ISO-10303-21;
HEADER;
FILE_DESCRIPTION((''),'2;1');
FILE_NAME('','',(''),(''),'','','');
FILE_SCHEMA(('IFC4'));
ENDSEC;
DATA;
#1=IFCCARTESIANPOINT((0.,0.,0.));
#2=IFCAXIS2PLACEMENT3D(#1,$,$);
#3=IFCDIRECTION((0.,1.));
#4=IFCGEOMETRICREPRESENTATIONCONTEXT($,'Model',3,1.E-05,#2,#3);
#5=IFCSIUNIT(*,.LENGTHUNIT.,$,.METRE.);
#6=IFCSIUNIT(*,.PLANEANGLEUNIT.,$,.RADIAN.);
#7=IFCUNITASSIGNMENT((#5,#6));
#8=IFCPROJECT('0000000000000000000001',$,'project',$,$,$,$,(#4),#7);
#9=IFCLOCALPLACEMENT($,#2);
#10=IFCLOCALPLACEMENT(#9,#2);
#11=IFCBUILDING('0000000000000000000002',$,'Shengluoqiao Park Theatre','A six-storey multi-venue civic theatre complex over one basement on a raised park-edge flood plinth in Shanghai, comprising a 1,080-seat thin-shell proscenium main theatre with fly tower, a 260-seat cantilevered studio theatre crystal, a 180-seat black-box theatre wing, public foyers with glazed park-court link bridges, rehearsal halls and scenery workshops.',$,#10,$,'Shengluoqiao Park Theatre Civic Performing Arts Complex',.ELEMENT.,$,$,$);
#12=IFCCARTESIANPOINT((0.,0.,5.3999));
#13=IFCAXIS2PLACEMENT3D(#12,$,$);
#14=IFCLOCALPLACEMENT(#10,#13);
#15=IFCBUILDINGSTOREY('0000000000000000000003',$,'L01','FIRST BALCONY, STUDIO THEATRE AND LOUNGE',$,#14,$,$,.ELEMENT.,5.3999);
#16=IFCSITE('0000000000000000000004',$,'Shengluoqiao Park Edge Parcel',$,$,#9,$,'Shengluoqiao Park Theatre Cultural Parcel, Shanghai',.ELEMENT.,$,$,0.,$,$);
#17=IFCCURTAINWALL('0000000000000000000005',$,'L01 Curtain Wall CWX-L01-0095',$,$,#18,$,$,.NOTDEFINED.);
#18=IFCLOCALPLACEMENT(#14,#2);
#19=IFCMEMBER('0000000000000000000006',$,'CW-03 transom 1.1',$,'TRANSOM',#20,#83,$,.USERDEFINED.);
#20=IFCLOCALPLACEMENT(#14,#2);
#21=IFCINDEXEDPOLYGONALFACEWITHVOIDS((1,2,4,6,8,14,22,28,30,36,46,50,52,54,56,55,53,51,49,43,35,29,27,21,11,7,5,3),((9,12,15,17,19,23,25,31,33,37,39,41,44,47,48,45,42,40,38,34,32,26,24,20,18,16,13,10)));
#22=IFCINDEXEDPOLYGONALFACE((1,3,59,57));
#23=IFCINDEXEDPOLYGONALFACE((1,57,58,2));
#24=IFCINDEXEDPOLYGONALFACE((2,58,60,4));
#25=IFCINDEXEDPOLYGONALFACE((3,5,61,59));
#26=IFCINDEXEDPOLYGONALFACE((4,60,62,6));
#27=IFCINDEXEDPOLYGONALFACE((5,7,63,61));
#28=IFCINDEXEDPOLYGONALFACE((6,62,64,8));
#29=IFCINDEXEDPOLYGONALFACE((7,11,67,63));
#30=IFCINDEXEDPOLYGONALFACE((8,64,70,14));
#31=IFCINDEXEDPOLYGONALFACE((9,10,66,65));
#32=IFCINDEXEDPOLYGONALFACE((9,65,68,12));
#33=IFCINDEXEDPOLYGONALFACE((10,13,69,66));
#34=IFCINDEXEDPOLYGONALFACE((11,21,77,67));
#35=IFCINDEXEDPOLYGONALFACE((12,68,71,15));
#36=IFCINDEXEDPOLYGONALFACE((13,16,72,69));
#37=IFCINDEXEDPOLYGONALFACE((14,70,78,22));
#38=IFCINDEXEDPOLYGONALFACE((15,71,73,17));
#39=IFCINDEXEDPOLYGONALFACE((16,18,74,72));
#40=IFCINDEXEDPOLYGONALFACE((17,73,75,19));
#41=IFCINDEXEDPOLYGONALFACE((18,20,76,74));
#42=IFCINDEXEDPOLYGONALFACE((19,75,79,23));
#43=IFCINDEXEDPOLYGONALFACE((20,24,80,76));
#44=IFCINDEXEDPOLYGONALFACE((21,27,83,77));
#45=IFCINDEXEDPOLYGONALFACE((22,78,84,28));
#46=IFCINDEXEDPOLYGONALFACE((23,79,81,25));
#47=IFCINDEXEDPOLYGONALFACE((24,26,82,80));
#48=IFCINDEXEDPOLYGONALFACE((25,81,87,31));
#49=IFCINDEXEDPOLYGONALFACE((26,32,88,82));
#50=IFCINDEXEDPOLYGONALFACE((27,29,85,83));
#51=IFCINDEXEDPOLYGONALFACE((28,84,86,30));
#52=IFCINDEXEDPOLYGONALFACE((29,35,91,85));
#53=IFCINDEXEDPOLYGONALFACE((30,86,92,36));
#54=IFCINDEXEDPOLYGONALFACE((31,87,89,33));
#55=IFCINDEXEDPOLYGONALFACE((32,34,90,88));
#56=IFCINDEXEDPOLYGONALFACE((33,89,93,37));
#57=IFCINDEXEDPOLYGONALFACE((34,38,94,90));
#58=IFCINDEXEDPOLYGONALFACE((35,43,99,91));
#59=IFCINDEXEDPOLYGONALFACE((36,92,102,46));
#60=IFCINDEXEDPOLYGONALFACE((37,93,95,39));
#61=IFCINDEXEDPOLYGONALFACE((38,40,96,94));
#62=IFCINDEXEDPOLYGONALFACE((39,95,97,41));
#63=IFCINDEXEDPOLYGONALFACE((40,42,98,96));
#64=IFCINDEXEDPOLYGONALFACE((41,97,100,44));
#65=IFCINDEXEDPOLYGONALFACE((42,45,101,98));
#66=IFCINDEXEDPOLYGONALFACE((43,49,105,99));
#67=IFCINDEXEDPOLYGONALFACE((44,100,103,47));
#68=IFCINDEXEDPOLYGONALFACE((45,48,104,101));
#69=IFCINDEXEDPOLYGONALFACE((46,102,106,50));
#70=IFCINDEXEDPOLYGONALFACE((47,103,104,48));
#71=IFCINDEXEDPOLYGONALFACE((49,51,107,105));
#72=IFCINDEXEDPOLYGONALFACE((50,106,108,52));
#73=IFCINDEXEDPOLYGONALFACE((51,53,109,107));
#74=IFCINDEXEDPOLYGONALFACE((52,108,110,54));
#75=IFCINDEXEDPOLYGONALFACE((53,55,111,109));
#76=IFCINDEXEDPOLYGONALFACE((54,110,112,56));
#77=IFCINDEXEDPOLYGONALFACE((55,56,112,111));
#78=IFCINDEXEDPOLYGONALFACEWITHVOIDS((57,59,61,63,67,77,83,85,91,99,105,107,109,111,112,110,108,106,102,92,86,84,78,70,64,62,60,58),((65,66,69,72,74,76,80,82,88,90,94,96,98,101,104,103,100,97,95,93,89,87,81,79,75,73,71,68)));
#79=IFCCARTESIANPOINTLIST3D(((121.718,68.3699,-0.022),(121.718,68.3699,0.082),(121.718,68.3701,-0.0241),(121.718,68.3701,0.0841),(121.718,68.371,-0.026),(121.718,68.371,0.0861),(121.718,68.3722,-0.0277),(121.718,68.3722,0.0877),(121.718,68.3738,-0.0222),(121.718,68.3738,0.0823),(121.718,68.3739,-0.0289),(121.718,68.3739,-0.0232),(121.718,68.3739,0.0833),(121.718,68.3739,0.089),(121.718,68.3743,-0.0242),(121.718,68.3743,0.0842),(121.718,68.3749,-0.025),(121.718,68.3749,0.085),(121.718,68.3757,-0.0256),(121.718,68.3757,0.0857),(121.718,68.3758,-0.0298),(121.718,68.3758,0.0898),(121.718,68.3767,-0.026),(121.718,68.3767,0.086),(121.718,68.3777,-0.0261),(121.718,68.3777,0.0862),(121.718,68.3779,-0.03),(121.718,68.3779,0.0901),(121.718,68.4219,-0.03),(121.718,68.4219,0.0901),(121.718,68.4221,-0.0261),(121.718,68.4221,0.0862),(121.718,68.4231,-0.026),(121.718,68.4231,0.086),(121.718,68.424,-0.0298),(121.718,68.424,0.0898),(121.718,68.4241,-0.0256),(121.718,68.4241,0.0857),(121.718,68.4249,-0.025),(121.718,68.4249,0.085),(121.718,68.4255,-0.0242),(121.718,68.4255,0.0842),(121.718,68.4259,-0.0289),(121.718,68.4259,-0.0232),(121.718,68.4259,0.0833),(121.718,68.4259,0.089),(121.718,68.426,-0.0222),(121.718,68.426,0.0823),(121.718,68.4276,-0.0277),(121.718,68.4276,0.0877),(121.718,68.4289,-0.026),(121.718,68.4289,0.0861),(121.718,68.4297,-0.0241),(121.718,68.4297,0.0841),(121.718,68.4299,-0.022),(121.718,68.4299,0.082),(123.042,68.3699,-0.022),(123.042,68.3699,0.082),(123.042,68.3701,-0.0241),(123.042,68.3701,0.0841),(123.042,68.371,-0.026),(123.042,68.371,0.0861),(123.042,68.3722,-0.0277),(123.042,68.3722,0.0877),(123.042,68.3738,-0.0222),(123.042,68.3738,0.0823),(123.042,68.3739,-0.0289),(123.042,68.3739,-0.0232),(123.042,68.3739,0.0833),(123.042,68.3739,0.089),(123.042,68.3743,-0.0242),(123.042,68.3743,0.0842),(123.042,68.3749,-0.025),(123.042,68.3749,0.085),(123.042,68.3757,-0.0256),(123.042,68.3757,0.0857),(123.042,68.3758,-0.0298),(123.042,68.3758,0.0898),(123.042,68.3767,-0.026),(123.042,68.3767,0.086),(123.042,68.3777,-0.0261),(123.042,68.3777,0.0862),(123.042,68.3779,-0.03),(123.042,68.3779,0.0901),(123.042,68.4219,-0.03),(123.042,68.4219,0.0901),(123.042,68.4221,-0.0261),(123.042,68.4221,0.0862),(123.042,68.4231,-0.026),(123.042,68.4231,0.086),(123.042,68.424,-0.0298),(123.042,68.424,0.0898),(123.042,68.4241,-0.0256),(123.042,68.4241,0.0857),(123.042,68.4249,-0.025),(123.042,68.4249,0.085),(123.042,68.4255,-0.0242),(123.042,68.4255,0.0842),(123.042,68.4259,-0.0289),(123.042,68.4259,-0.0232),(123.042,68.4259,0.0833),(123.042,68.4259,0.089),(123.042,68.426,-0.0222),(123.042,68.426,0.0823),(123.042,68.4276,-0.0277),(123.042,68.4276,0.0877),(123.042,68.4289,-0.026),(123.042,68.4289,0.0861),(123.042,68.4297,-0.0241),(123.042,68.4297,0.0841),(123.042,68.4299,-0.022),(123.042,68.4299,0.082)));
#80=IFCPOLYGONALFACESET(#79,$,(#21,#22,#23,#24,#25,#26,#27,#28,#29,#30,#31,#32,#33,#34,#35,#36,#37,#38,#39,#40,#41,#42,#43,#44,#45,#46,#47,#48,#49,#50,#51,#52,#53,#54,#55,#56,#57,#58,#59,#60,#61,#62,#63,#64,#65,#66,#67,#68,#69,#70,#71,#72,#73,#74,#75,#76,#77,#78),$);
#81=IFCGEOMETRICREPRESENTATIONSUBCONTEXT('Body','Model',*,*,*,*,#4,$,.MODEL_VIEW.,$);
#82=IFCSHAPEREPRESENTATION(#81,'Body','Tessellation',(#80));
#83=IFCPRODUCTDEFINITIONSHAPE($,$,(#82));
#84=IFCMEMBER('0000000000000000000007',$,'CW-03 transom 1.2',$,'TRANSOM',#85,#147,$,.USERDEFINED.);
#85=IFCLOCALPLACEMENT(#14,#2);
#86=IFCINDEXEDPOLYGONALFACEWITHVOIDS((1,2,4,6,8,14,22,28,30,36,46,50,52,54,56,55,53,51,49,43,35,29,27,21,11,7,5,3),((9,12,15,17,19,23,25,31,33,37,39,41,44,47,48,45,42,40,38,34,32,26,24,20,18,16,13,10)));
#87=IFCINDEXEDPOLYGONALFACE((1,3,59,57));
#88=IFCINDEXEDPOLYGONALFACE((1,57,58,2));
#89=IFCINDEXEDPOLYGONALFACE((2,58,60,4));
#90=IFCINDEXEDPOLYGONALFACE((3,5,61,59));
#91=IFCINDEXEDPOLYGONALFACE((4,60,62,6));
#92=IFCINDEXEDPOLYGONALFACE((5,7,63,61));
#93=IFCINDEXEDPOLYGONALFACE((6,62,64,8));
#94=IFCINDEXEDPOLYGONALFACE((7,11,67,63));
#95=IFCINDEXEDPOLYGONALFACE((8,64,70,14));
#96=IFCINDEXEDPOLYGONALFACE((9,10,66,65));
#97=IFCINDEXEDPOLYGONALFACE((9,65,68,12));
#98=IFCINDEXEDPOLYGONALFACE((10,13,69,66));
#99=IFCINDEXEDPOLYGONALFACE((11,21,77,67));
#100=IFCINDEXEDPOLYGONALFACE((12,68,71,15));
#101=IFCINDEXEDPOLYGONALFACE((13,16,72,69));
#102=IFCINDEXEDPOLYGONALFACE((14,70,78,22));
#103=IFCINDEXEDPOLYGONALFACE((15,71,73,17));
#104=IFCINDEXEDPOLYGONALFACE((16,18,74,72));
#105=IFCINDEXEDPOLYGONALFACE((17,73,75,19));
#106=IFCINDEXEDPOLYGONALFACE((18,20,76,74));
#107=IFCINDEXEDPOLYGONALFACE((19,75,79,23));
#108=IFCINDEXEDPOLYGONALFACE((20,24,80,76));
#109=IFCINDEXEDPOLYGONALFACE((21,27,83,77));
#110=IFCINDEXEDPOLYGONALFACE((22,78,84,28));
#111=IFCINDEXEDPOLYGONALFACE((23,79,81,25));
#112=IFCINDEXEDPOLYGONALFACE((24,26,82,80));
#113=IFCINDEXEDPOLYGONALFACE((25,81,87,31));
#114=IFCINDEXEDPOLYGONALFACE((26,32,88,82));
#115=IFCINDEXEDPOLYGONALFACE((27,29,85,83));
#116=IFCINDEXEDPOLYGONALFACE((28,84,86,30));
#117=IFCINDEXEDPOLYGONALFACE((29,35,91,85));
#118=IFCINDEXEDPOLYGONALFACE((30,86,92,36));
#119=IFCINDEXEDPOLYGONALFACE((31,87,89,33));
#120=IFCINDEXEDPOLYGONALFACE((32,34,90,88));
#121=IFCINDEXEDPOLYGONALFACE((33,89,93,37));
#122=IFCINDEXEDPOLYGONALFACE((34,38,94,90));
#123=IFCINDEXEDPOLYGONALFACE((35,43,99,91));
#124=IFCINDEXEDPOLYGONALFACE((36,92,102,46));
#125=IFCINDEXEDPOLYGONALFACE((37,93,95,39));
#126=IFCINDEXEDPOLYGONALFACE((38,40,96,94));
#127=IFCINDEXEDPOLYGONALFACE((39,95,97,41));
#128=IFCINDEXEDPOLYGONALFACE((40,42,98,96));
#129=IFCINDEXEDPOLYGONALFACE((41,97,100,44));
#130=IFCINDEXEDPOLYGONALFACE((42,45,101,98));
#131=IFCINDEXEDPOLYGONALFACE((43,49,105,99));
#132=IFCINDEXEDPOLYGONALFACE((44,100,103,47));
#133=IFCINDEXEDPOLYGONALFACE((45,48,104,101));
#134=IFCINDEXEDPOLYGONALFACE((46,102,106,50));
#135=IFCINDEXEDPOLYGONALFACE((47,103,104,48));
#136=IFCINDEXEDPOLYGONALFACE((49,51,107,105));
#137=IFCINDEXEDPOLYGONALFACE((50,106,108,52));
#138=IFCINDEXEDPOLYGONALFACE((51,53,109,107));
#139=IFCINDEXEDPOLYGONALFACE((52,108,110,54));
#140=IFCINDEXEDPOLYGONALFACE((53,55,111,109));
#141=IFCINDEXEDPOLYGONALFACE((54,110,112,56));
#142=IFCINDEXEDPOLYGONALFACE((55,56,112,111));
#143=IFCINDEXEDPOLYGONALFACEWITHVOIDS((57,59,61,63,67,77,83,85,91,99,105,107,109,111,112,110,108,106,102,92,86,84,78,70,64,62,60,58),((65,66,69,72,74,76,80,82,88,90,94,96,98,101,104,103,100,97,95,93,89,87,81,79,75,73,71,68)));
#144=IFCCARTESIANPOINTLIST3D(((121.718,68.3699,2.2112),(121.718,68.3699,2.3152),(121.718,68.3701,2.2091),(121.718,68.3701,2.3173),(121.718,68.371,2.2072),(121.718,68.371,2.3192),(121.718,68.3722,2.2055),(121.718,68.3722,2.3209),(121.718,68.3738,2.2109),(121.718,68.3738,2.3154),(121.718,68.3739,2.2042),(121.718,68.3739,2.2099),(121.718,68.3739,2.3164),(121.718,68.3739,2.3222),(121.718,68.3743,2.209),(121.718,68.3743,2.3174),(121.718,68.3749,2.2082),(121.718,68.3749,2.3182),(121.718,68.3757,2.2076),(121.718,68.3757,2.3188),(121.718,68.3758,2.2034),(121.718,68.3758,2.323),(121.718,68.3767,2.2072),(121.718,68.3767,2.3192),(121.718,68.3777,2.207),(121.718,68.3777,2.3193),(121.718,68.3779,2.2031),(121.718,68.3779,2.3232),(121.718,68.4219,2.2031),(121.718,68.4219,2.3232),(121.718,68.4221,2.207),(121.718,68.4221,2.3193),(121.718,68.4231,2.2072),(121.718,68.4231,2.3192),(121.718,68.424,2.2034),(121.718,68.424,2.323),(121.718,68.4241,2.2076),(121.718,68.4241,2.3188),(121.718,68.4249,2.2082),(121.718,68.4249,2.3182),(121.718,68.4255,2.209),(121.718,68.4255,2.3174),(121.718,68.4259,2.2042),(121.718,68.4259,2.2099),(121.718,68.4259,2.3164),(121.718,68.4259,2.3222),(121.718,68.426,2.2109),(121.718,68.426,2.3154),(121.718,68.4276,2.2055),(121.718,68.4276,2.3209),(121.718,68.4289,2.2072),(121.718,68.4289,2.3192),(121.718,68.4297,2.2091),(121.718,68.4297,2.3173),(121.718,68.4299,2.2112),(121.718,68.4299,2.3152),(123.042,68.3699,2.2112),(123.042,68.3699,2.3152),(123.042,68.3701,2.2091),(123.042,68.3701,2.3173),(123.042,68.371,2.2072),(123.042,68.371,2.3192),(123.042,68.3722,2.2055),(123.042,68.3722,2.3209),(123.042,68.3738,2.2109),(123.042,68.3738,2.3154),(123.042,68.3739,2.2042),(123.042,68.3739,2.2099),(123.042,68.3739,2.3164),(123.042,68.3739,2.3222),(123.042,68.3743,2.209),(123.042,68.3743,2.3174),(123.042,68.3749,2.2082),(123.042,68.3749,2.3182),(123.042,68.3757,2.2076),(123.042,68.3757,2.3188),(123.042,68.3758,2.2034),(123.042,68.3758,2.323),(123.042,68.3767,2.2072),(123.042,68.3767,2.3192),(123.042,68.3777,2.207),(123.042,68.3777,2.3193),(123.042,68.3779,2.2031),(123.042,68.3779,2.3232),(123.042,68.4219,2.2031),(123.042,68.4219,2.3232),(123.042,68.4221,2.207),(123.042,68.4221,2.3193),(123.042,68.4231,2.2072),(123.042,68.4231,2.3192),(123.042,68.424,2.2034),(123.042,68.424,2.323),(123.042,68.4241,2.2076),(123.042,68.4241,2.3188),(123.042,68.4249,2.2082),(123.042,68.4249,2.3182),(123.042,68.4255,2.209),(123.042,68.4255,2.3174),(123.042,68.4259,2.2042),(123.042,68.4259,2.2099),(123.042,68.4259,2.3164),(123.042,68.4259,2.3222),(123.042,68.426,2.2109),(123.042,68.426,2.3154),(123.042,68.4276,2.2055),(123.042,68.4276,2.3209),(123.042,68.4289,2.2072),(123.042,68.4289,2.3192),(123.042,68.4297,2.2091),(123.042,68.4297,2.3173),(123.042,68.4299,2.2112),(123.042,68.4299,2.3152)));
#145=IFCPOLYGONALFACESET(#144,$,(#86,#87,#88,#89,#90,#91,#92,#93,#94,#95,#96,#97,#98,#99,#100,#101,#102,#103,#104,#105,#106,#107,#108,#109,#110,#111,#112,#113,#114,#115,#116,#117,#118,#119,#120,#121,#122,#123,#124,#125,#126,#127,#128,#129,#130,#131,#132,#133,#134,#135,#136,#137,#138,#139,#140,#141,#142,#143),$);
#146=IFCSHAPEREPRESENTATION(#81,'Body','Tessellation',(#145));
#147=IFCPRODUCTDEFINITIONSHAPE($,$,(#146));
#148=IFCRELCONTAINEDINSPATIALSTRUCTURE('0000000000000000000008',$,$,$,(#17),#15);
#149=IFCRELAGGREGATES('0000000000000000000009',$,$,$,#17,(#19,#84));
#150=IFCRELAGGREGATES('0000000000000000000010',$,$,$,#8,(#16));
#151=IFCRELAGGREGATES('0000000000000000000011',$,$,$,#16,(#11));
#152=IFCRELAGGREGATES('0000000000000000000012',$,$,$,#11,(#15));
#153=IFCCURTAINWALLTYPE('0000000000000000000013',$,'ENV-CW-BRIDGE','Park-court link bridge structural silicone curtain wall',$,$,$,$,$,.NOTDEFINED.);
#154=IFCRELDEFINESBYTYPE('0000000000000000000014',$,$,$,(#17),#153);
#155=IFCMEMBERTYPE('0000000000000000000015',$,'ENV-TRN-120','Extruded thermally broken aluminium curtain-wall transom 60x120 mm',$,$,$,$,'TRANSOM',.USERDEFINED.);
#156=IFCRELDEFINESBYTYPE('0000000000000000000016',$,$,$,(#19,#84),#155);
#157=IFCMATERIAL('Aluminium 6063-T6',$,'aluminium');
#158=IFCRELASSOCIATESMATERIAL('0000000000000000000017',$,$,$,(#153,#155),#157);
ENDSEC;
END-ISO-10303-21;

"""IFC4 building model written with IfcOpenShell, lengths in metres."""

from ifc_helpers import new_model, si_unit, direction, frame, origin, origin_2d, place, context, subcontext, project, spatial, hollow_rectangle, extrude, material, material_profile, profile_set, type_object, element, aggregate, save


model = new_model("IFC4")

# Units and contexts
model_context = context("Model", 3, precision=1e-05, world=origin(), true_north=direction((0.0, 1.0)))
body_context = subcontext(model_context, "Body", "Model", "MODEL_VIEW")
ifc_project = project(units=[si_unit("LENGTHUNIT", "METRE"), si_unit("PLANEANGLEUNIT", "RADIAN")], contexts=[model_context])

# Site, building, storey
site_placement = place(None, origin())
site = spatial("IfcSite", under=ifc_project, at=site_placement, Name="Shengluoqiao Park Edge Parcel", LongName="Shengluoqiao Park Theatre Cultural Parcel, Shanghai", CompositionType="ELEMENT", RefElevation=0.0)
building_placement = place(site_placement, origin())
building = spatial("IfcBuilding", under=site, at=building_placement, Name="Shengluoqiao Park Theatre", Description="A six-storey multi-venue civic theatre complex over one basement on a raised park-edge flood plinth in Shanghai, comprising a 1,080-seat thin-shell proscenium main theatre with fly tower, a 260-seat cantilevered studio theatre crystal, a 180-seat black-box theatre wing, public foyers with glazed park-court link bridges, rehearsal halls and scenery workshops.", LongName="Shengluoqiao Park Theatre Civic Performing Arts Complex", CompositionType="ELEMENT")
storey_placement = place(building_placement, frame((0.0, 0.0, 5.3999)))
storey = spatial("IfcBuildingStorey", under=building, at=storey_placement, Name="L01", Description="FIRST BALCONY, STUDIO THEATRE AND LOUNGE", CompositionType="ELEMENT", Elevation=5.3999)

# Shared definitions
ifc_material_1 = material(Name="Aluminium 6063-T6", Category="aluminium")
curtain_wall_type = type_object("IfcCurtainWallType", Name="ENV-CW-BRIDGE", Description="Park-court link bridge structural silicone curtain wall", PredefinedType="NOTDEFINED", material=ifc_material_1)

# Curtain wall, members
curtain_wall_1_placement = place(storey_placement, origin())
curtain_wall_1 = element("IfcCurtainWall", 1, at=curtain_wall_1_placement, inside=storey, type_object=curtain_wall_type, Name="L01 Curtain Wall CWX-L01-0095", PredefinedType="NOTDEFINED")
ifc_material_profile_1 = material_profile(ifc_material_1, hollow_rectangle(XDim=0.0601, YDim=0.1201, WallThickness=0.0039, InnerFilletRadius=0.0039, OuterFilletRadius=0.0081, at=origin_2d()), Name="ALU TRANSOM 120x60x4")
ifc_profile_set_1 = profile_set([ifc_material_profile_1], Name="Aluminium 6063-T6")
member_type_1 = type_object("IfcMemberType", Name="ENV-TRN-120", Description="Extruded thermally broken aluminium curtain-wall transom 60x120 mm", ElementType="TRANSOM", PredefinedType="USERDEFINED", material=ifc_profile_set_1)
member_1_placement = place(storey_placement, frame((121.718, 68.3999, 0.03), z_axis=(1.0, 0.0, 0.0), x_axis=(0.0, 1.0, 0.0)))
member_1 = element("IfcMember", 2, at=member_1_placement, type_object=member_type_1, Name="CW-03 transom 1.1", ObjectType="TRANSOM", PredefinedType="USERDEFINED", context=body_context, shape_type="SweptSolid", body=[
    extrude(hollow_rectangle(XDim=0.0601, YDim=0.1201, WallThickness=0.0039, InnerFilletRadius=0.0039, OuterFilletRadius=0.0081, at=origin_2d()), origin(), (0.0, 0.0, 1.0), 1.324),
])
member_2_placement = place(storey_placement, frame((121.718, 68.3999, 2.2632), z_axis=(1.0, 0.0, 0.0), x_axis=(0.0, 1.0, 0.0)))
member_2 = element("IfcMember", 3, at=member_2_placement, type_object=member_type_1, Name="CW-03 transom 1.2", ObjectType="TRANSOM", PredefinedType="USERDEFINED", context=body_context, shape_type="SweptSolid", body=[
    extrude(hollow_rectangle(XDim=0.0601, YDim=0.1201, WallThickness=0.0039, InnerFilletRadius=0.0039, OuterFilletRadius=0.0081, at=origin_2d()), origin(), (0.0, 0.0, 1.0), 1.324),
])

aggregate(curtain_wall_1, [member_1, member_2])

save(model, "model.ifc")
